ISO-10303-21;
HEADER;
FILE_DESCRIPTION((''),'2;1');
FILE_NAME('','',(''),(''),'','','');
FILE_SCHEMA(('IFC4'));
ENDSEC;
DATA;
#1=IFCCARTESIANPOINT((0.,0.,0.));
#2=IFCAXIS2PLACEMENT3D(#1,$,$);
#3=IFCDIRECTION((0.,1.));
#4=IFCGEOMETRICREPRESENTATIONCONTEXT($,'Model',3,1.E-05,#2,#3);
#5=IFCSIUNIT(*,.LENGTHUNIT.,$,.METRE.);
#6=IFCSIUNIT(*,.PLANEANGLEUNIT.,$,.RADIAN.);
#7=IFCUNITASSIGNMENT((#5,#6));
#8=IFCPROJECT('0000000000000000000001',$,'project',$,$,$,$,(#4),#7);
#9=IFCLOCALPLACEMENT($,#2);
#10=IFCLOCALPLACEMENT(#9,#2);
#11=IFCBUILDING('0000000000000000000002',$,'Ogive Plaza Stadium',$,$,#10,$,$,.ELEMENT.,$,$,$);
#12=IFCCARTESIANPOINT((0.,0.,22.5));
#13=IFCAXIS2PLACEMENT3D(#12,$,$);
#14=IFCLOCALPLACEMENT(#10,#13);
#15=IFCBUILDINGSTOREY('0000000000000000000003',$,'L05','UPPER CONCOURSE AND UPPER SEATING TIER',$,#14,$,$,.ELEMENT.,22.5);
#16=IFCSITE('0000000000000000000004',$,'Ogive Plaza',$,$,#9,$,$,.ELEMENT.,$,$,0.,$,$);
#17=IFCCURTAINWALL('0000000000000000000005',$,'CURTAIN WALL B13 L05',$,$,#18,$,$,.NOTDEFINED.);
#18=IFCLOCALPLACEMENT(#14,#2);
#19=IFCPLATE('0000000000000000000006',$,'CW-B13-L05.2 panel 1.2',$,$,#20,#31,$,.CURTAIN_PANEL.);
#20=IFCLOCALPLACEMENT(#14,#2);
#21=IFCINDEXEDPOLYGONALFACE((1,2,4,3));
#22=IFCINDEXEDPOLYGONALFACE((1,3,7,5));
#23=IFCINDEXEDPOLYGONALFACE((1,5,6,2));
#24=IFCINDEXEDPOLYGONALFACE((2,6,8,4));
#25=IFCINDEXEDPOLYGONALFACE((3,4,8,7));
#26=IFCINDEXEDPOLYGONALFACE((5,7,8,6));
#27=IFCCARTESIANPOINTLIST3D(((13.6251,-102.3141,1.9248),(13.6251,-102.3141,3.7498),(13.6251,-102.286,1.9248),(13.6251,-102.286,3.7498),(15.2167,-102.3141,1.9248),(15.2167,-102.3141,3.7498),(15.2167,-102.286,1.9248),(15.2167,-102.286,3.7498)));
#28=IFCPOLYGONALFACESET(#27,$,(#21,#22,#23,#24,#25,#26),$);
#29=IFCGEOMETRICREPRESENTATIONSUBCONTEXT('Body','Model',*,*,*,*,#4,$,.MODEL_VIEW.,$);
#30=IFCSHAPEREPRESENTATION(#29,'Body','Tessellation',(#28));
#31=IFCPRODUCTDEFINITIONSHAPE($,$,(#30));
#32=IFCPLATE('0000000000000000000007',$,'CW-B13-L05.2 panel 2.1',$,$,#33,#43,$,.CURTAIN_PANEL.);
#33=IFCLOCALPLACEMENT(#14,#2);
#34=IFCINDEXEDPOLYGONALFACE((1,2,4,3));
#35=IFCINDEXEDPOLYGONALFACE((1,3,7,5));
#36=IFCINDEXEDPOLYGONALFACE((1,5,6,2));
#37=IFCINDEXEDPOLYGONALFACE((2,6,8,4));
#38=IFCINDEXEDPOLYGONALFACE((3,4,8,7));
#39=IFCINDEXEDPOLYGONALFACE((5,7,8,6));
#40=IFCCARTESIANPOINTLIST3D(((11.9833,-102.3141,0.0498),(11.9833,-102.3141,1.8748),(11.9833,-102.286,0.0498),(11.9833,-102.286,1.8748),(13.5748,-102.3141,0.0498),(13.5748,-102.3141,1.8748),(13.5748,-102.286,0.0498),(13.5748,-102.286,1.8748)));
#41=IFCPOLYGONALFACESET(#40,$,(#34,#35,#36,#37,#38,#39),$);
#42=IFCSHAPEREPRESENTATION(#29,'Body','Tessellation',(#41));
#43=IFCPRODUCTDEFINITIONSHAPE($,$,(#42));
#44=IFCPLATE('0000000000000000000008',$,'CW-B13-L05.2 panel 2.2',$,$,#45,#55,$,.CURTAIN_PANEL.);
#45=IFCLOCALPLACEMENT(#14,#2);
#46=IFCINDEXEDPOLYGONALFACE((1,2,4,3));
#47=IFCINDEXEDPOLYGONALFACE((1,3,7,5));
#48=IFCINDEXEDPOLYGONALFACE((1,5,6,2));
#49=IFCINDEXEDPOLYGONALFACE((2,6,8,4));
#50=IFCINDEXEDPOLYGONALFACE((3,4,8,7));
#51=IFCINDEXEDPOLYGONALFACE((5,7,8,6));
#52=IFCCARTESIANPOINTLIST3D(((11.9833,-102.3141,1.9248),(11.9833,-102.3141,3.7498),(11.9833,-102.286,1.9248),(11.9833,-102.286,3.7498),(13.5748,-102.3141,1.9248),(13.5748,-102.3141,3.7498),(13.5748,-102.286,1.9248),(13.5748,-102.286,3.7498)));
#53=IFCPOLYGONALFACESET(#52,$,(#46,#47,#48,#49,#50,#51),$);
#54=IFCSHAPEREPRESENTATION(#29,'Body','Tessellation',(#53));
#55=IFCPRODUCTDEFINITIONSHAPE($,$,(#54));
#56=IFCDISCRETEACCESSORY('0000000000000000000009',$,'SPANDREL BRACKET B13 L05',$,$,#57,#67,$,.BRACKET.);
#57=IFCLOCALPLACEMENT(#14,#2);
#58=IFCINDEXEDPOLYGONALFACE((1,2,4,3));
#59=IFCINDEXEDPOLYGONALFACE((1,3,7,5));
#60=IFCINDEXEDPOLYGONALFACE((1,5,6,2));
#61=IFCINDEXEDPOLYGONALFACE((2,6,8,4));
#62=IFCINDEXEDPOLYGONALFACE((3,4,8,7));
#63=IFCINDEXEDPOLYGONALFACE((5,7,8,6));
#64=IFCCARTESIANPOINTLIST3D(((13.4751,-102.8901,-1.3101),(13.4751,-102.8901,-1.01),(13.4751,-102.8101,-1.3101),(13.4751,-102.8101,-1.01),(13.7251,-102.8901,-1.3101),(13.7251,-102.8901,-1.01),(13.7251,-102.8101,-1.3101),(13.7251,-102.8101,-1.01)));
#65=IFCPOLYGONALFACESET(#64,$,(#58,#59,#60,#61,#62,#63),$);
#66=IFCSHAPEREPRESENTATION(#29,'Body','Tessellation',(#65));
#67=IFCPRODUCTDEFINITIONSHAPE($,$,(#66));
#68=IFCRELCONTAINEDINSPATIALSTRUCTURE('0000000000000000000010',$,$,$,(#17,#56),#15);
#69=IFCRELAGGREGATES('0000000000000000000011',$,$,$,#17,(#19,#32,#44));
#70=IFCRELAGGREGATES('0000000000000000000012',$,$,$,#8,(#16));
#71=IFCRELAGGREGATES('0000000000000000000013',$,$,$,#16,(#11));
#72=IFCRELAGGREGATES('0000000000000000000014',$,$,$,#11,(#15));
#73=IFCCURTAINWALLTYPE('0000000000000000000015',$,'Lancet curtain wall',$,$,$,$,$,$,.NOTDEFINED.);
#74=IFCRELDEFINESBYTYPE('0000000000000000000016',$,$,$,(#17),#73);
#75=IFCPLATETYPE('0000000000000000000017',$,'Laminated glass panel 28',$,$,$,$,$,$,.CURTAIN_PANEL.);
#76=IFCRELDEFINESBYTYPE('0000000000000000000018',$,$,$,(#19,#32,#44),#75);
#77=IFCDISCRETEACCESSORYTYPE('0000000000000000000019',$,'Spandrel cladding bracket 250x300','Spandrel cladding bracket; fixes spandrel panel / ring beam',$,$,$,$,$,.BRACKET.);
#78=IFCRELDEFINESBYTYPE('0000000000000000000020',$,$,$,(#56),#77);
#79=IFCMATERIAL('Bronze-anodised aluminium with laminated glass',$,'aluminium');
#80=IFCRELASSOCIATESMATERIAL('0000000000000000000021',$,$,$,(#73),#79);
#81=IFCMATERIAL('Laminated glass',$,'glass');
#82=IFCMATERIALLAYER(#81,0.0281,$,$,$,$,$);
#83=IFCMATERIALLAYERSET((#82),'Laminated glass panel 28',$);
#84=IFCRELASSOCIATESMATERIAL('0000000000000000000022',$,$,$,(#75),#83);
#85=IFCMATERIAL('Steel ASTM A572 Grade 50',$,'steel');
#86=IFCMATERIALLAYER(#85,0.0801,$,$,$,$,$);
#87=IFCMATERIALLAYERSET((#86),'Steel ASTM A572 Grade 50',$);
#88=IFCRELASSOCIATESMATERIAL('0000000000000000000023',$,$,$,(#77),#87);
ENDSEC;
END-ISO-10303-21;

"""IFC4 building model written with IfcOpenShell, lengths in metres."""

from ifc_helpers import new_model, si_unit, direction, frame, origin, origin_2d, place, context, subcontext, project, spatial, rectangle, extrude, material, layer, layer_set, type_object, element, aggregate, save


model = new_model("IFC4")

# Units and contexts
model_context = context("Model", 3, precision=1e-05, world=origin(), true_north=direction((0.0, 1.0)))
body_context = subcontext(model_context, "Body", "Model", "MODEL_VIEW")
ifc_project = project(units=[si_unit("LENGTHUNIT", "METRE"), si_unit("PLANEANGLEUNIT", "RADIAN")], contexts=[model_context])

# Site, building, storey
site_placement = place(None, origin())
site = spatial("IfcSite", under=ifc_project, at=site_placement, Name="Ogive Plaza", CompositionType="ELEMENT", RefElevation=0.0)
building_placement = place(site_placement, origin())
building = spatial("IfcBuilding", under=site, at=building_placement, Name="Ogive Plaza Stadium", CompositionType="ELEMENT")
storey_placement = place(building_placement, frame((0.0, 0.0, 22.5)))
storey = spatial("IfcBuildingStorey", under=building, at=storey_placement, Name="L05", Description="UPPER CONCOURSE AND UPPER SEATING TIER", CompositionType="ELEMENT", Elevation=22.5)

# Shared definitions
ifc_material_1 = material(Name="Bronze-anodised aluminium with laminated glass", Category="aluminium")
curtain_wall_type = type_object("IfcCurtainWallType", Name="Lancet curtain wall", PredefinedType="NOTDEFINED", material=ifc_material_1)

# Curtain wall
curtain_wall_1_placement = place(storey_placement, origin())
curtain_wall_1 = element("IfcCurtainWall", 1, at=curtain_wall_1_placement, inside=storey, type_object=curtain_wall_type, Name="CURTAIN WALL B13 L05", PredefinedType="NOTDEFINED")

# Plates
ifc_material_2 = material(Name="Laminated glass", Category="glass")
ifc_layer_1 = layer(ifc_material_2, 0.0281)
ifc_layer_set_1 = layer_set([ifc_layer_1], Name="Laminated glass panel 28")
plate_type = type_object("IfcPlateType", Name="Laminated glass panel 28", PredefinedType="CURTAIN_PANEL", material=ifc_layer_set_1)
plate_1_placement = place(storey_placement, frame((14.4209, -102.3, 1.9248), z_axis=(0.0, 0.0, 1.0), x_axis=(-1.0, 0.0, 0.0)))
plate_1 = element("IfcPlate", 2, at=plate_1_placement, type_object=plate_type, Name="CW-B13-L05.2 panel 1.2", PredefinedType="CURTAIN_PANEL", context=body_context, shape_type="SweptSolid", body=[
    extrude(rectangle(XDim=1.5916, YDim=0.0281, at=origin_2d()), origin(), (0.0, 0.0, 1.0), 1.825),
])
plate_2_placement = place(storey_placement, frame((12.7791, -102.3, 0.0498), z_axis=(0.0, 0.0, 1.0), x_axis=(-1.0, 0.0, 0.0)))
plate_2 = element("IfcPlate", 3, at=plate_2_placement, type_object=plate_type, Name="CW-B13-L05.2 panel 2.1", PredefinedType="CURTAIN_PANEL", context=body_context, shape_type="SweptSolid", body=[
    extrude(rectangle(XDim=1.5916, YDim=0.0281, at=origin_2d()), origin(), (0.0, 0.0, 1.0), 1.825),
])
plate_3_placement = place(storey_placement, frame((12.7791, -102.3, 1.9248), z_axis=(0.0, 0.0, 1.0), x_axis=(-1.0, 0.0, 0.0)))
plate_3 = element("IfcPlate", 4, at=plate_3_placement, type_object=plate_type, Name="CW-B13-L05.2 panel 2.2", PredefinedType="CURTAIN_PANEL", context=body_context, shape_type="SweptSolid", body=[
    extrude(rectangle(XDim=1.5916, YDim=0.0281, at=origin_2d()), origin(), (0.0, 0.0, 1.0), 1.825),
])
aggregate(curtain_wall_1, [plate_1, plate_2, plate_3])

# Discrete accessory
ifc_material_3 = material(Name="Steel ASTM A572 Grade 50", Category="steel")
ifc_layer_2 = layer(ifc_material_3, 0.0801)
ifc_layer_set_2 = layer_set([ifc_layer_2], Name="Steel ASTM A572 Grade 50")
discrete_accessory_type = type_object("IfcDiscreteAccessoryType", Name="Spandrel cladding bracket 250x300", Description="Spandrel cladding bracket; fixes spandrel panel / ring beam", PredefinedType="BRACKET", material=ifc_layer_set_2)
discrete_accessory_placement = place(storey_placement, frame((13.6001, -102.8501, -1.3101), z_axis=(0.0, 0.0, 1.0), x_axis=(-1.0, 0.0, 0.0)))
element("IfcDiscreteAccessory", 5, at=discrete_accessory_placement, inside=storey, type_object=discrete_accessory_type, Name="SPANDREL BRACKET B13 L05", PredefinedType="BRACKET", context=body_context, shape_type="SweptSolid", body=[
    extrude(rectangle(XDim=0.25, YDim=0.0801, at=origin_2d()), origin(), (0.0, 0.0, 1.0), 0.3),
])

save(model, "model.ifc")
